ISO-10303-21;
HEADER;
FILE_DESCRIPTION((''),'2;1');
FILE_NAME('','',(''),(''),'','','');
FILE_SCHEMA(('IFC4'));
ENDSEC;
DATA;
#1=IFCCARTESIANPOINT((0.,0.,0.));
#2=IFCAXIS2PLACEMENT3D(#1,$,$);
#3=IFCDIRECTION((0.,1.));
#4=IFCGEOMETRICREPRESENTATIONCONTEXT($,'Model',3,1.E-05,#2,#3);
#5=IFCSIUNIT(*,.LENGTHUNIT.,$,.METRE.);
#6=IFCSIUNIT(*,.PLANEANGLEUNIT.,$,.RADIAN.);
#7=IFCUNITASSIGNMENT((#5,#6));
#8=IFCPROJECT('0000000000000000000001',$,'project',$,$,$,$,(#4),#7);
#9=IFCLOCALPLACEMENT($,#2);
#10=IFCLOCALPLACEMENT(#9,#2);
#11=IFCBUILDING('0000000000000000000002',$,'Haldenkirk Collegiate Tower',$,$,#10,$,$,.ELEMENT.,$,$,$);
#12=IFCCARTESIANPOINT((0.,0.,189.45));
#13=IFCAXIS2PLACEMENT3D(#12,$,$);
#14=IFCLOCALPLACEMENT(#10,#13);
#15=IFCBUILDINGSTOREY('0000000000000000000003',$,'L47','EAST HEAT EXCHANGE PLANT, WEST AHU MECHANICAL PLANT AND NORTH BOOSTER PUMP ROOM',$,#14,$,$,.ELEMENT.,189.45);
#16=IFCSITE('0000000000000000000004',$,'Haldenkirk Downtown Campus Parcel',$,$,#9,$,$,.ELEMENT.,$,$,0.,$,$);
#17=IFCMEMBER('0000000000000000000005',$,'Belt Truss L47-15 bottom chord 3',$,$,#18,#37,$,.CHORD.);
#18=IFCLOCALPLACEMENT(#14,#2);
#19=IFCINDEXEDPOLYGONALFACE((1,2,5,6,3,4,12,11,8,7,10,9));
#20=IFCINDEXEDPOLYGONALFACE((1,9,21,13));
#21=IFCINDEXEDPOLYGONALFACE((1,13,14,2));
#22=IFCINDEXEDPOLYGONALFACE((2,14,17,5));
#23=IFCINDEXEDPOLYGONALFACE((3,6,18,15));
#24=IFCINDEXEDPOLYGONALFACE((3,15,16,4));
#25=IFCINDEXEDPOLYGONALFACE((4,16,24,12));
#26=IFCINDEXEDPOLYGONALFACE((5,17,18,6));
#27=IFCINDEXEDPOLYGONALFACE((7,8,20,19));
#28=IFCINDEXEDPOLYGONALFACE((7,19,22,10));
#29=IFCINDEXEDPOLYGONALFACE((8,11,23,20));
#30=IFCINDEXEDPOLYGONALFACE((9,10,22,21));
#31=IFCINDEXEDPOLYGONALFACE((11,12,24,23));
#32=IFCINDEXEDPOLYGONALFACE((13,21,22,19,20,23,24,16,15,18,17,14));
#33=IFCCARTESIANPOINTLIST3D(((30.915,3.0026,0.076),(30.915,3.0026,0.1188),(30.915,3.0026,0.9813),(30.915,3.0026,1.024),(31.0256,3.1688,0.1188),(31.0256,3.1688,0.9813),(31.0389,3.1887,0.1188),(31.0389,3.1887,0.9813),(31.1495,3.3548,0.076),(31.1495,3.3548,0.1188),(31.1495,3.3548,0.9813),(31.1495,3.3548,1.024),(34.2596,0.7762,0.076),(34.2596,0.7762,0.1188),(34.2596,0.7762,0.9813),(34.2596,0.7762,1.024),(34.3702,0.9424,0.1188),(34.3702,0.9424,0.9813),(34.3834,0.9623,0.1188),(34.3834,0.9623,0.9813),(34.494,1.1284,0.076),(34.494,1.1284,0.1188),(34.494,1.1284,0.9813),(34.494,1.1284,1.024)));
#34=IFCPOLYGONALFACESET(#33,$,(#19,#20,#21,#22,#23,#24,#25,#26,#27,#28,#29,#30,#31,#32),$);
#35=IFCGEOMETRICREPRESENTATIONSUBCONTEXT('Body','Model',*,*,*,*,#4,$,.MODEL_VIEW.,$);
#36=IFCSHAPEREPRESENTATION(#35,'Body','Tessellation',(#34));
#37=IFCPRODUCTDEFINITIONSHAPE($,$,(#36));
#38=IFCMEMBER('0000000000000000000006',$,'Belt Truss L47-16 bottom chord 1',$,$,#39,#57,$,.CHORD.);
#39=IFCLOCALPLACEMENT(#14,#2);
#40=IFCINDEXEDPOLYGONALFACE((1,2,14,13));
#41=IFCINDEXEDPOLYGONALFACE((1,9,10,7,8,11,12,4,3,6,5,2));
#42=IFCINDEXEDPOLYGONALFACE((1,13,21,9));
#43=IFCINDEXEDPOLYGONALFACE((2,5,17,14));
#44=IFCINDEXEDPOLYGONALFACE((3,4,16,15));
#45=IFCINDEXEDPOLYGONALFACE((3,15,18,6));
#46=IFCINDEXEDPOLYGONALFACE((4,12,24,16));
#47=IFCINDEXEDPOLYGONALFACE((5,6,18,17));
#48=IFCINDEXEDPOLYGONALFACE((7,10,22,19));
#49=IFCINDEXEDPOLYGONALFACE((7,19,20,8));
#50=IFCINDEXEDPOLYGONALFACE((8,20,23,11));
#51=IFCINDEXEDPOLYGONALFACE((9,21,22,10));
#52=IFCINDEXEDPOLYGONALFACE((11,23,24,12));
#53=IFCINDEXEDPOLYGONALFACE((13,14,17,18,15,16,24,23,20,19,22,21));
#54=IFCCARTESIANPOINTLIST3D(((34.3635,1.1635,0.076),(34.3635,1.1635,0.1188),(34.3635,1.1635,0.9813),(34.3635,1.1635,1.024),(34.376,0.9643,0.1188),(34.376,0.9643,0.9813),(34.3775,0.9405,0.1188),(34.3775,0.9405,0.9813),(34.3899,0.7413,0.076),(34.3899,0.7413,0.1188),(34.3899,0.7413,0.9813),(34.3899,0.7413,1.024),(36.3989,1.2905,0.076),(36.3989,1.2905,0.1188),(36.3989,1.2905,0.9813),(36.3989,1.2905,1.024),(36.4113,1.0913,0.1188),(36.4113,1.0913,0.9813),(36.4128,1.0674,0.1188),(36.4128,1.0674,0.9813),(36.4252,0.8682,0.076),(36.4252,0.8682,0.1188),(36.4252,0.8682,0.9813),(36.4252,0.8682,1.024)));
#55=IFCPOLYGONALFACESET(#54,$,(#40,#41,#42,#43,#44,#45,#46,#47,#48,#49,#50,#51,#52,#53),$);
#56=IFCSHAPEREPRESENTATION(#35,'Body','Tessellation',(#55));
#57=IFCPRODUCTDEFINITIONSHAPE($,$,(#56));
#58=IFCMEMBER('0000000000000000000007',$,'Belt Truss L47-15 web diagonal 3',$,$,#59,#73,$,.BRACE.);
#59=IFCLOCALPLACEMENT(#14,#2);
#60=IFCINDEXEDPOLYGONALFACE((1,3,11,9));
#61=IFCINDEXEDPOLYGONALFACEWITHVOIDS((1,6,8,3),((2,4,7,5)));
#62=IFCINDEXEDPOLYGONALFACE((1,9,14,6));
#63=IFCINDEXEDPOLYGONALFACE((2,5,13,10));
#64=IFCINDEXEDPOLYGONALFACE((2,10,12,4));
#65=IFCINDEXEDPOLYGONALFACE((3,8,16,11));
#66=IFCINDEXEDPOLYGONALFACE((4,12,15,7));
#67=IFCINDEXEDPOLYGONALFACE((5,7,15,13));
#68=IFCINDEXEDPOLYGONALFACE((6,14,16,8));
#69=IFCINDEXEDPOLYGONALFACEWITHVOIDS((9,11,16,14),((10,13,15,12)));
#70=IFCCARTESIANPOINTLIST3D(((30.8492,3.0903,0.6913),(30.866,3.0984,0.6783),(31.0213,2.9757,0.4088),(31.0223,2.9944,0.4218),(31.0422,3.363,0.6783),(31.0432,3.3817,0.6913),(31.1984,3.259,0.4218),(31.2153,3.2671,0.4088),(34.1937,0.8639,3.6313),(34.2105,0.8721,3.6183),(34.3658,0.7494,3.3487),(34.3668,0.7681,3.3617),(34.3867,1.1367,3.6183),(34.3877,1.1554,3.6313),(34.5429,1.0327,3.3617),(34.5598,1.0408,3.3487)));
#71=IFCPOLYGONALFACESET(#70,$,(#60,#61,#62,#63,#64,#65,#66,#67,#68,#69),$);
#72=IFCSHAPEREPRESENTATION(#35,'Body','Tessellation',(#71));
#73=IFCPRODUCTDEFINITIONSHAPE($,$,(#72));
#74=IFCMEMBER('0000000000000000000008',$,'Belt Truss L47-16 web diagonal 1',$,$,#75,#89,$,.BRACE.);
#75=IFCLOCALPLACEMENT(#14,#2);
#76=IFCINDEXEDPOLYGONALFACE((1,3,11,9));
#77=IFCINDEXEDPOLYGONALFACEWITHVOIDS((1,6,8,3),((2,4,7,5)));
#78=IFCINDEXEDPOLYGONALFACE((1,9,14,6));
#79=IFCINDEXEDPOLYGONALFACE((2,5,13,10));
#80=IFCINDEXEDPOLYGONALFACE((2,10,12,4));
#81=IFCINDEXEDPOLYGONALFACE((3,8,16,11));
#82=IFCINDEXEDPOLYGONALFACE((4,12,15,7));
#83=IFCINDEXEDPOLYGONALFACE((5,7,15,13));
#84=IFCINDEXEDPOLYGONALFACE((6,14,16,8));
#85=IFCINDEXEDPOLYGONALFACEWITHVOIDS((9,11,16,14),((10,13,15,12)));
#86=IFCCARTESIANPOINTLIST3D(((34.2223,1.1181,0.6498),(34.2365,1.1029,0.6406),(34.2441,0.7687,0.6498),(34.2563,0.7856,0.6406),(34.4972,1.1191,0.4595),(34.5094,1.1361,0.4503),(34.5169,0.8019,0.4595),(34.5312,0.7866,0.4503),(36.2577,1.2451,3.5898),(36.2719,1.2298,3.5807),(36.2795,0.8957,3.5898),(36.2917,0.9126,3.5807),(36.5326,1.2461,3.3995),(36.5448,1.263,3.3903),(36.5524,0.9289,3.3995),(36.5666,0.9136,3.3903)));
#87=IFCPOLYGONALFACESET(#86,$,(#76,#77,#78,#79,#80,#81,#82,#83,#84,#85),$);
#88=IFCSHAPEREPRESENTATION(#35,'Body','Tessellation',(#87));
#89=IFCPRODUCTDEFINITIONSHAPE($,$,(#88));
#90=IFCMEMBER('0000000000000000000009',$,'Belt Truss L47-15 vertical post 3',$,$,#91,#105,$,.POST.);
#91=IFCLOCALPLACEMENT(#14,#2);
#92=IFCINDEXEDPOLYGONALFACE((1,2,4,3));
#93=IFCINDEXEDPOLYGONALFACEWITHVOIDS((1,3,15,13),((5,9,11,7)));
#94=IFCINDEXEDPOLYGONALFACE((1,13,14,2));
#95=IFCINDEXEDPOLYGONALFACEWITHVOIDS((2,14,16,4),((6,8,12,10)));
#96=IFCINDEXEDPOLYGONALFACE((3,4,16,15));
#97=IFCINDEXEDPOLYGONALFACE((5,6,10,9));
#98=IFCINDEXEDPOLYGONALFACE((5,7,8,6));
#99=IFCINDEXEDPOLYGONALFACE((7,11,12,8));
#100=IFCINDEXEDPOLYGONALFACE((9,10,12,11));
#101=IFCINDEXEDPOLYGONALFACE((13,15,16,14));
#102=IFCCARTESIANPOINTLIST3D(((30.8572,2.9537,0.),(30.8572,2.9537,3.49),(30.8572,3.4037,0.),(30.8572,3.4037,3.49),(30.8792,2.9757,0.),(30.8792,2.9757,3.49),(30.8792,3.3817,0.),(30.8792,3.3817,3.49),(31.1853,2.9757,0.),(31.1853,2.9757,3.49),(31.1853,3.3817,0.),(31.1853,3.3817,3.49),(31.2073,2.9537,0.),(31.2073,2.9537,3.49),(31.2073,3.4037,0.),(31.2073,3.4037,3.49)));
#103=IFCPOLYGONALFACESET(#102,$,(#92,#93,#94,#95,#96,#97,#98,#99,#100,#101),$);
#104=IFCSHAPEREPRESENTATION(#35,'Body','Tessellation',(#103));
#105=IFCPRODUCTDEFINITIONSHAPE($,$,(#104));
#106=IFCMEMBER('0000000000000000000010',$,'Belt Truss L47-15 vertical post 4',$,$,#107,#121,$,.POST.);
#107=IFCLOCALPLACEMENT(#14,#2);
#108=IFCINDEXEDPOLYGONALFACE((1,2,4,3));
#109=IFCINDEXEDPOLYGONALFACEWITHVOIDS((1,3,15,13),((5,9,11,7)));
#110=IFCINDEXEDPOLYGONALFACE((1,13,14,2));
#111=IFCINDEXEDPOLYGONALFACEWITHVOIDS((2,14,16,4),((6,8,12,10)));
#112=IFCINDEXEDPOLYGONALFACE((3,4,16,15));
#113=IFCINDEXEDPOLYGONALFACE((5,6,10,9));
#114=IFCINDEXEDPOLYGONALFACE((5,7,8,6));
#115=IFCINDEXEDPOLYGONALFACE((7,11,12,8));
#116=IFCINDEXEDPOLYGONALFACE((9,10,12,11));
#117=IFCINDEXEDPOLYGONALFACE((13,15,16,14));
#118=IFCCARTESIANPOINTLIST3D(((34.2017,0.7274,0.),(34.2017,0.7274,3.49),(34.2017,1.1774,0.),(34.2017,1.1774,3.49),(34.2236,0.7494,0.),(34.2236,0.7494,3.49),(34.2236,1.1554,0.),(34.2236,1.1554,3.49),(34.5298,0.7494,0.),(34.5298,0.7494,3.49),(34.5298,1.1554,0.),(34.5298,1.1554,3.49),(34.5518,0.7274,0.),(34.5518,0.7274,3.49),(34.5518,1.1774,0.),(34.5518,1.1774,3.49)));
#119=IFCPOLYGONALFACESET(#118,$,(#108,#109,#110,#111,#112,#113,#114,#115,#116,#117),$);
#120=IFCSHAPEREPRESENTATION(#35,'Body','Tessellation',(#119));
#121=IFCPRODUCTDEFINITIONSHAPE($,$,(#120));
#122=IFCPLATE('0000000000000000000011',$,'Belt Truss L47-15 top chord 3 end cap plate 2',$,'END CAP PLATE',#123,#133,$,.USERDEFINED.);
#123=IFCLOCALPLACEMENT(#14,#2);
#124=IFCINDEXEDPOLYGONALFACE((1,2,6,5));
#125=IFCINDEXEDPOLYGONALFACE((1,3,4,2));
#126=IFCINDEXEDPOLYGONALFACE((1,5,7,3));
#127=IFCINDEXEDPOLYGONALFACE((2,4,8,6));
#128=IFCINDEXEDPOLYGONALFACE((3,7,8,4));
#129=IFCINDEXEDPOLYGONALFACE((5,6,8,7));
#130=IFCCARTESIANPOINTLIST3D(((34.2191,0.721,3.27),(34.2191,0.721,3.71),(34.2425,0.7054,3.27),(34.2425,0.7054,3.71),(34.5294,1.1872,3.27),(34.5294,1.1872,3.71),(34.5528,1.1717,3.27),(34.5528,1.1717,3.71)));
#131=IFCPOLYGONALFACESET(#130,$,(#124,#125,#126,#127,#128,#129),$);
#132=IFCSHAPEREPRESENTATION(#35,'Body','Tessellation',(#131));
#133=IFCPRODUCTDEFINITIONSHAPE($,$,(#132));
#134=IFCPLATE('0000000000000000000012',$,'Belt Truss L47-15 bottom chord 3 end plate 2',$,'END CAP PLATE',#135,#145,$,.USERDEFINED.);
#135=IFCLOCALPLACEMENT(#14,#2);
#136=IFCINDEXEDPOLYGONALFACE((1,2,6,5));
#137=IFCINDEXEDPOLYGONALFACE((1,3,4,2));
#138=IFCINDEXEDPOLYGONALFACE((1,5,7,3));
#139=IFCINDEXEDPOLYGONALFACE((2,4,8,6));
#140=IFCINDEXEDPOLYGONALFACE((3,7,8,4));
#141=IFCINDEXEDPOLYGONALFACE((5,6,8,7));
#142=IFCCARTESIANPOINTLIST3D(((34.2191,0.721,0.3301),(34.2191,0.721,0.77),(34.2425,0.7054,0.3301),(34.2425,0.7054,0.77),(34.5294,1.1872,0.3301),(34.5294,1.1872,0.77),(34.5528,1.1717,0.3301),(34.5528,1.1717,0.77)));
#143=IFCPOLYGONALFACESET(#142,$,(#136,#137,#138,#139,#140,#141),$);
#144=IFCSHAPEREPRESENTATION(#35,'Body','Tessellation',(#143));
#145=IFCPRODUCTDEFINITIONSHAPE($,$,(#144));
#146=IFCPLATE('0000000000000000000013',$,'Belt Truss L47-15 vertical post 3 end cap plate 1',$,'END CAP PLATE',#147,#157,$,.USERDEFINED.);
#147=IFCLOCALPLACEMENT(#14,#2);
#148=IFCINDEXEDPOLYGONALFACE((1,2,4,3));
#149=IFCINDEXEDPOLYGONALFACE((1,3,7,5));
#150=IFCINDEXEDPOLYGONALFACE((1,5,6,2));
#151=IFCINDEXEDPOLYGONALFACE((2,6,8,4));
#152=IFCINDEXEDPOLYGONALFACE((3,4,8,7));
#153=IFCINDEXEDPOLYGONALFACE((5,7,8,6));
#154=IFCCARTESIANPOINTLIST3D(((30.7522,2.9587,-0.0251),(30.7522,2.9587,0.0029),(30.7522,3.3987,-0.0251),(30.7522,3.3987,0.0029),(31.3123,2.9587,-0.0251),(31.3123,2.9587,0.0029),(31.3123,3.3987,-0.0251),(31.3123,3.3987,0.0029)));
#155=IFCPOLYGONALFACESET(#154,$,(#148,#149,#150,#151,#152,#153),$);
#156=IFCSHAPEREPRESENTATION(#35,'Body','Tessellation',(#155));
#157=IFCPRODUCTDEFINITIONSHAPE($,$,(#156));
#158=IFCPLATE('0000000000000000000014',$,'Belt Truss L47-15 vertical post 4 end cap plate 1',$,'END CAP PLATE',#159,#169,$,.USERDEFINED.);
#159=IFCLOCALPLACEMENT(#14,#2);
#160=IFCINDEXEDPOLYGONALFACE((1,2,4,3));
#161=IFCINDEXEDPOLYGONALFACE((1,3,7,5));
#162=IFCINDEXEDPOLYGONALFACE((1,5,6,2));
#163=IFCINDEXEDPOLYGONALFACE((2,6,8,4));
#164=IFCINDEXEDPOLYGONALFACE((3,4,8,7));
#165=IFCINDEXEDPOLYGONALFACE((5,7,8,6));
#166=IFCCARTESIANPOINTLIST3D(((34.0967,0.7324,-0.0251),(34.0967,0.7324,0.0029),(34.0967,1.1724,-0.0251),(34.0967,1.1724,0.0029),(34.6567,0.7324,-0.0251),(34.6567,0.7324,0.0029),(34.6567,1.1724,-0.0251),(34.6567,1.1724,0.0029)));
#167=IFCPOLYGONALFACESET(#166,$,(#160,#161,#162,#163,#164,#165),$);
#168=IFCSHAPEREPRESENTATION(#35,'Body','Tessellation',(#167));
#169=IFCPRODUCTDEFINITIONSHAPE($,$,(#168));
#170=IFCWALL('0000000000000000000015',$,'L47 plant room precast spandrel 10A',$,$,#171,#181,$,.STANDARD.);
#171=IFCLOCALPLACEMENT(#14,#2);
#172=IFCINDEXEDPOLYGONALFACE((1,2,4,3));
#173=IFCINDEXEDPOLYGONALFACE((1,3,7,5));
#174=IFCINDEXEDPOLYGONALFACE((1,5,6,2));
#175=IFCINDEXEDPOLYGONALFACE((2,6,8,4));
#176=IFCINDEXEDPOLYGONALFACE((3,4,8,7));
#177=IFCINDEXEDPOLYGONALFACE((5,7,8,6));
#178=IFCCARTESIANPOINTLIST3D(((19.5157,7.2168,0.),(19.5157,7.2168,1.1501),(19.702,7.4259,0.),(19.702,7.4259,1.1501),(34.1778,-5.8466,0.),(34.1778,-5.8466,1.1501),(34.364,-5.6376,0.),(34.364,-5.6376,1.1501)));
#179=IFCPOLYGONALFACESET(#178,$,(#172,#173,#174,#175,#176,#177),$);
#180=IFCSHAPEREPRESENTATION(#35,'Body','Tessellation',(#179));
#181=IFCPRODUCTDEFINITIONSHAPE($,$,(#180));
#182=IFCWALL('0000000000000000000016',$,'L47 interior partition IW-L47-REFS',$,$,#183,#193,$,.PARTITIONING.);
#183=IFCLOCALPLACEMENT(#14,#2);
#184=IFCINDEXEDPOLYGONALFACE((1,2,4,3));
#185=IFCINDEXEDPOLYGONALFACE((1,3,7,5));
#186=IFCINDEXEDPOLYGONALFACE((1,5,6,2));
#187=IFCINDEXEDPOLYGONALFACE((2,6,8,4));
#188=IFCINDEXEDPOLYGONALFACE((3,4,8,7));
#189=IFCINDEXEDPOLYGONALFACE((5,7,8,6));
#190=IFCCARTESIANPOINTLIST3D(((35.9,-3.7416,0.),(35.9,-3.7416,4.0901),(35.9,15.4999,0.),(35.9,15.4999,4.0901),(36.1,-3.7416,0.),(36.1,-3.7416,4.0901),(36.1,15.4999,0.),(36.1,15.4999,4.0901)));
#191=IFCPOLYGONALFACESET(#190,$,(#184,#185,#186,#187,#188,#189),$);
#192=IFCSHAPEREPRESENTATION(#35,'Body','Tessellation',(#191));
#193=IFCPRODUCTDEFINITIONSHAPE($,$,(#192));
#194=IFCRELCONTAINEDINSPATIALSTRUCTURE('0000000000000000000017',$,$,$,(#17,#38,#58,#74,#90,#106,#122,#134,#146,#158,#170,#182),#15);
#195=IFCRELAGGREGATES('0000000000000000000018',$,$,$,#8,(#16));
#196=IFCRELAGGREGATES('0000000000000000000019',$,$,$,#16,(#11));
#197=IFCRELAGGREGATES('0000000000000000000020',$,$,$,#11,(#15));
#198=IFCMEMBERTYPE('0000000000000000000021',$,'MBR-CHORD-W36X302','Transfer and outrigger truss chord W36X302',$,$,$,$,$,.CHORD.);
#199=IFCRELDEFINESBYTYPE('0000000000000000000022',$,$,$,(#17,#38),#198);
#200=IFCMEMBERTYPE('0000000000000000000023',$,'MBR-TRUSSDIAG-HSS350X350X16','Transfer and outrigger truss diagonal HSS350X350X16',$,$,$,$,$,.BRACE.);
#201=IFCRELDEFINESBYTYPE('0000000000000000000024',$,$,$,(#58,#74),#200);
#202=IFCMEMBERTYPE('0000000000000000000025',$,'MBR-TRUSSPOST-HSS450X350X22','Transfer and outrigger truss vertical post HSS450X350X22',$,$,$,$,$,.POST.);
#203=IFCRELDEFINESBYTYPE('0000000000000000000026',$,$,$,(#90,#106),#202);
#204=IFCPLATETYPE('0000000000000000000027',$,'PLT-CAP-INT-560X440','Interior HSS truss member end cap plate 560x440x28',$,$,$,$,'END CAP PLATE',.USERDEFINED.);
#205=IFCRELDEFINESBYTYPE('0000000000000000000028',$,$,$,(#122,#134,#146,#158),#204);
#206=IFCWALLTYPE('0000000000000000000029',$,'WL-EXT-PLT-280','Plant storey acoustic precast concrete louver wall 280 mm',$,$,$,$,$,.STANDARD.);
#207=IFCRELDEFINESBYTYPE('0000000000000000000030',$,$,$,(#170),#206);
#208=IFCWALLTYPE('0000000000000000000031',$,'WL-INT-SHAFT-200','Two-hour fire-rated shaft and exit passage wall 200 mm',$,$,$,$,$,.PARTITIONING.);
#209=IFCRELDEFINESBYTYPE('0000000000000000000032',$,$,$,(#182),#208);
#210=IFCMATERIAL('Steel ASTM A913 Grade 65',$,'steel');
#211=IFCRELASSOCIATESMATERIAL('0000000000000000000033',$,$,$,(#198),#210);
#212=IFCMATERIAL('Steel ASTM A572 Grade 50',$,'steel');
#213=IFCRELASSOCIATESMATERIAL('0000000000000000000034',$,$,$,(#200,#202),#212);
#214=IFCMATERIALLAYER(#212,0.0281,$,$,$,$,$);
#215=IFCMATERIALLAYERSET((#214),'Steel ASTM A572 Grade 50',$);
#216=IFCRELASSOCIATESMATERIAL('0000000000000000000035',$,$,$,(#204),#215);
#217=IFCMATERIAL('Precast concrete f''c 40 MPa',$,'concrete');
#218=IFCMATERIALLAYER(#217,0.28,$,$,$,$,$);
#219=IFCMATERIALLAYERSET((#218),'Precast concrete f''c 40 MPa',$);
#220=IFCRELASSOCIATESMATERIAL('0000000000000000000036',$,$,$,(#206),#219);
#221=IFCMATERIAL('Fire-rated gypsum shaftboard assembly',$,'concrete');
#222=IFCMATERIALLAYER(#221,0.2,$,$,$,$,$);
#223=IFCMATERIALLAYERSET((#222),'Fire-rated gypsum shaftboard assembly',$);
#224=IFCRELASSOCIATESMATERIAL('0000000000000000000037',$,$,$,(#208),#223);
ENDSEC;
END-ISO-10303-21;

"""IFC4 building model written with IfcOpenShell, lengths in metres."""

from ifc_helpers import new_model, si_unit, direction, frame, frame_2d, origin, origin_2d, place, context, subcontext, project, spatial, rectangle, hollow_rectangle, i_section, extrude, source, transform, mapped, material, layer, layer_set, material_profile, profile_set, type_object, element, save


model = new_model("IFC4")

# Units and contexts
model_context = context("Model", 3, precision=1e-05, world=origin(), true_north=direction((0.0, 1.0)))
body_context = subcontext(model_context, "Body", "Model", "MODEL_VIEW")
ifc_project = project(units=[si_unit("LENGTHUNIT", "METRE"), si_unit("PLANEANGLEUNIT", "RADIAN")], contexts=[model_context])

# Site, building, storey
site_placement = place(None, origin())
site = spatial("IfcSite", under=ifc_project, at=site_placement, Name="Haldenkirk Downtown Campus Parcel", CompositionType="ELEMENT", RefElevation=0.0)
building_placement = place(site_placement, origin())
building = spatial("IfcBuilding", under=site, at=building_placement, Name="Haldenkirk Collegiate Tower", CompositionType="ELEMENT")
storey_placement = place(building_placement, frame((0.0, 0.0, 189.45)))
storey = spatial("IfcBuildingStorey", under=building, at=storey_placement, Name="L47", Description="EAST HEAT EXCHANGE PLANT, WEST AHU MECHANICAL PLANT AND NORTH BOOSTER PUMP ROOM", CompositionType="ELEMENT", Elevation=189.45)

# Shared definitions
ifc_material_1 = material(Name="Steel ASTM A913 Grade 65", Category="steel")
ifc_material_2 = material(Name="Steel ASTM A572 Grade 50", Category="steel")

# Members
ifc_material_profile_1 = material_profile(ifc_material_1, i_section(OverallWidth=0.4231, OverallDepth=0.948, WebThickness=0.0239, FlangeThickness=0.0427, at=origin_2d()), Name="W36X302")
ifc_profile_set_1 = profile_set([ifc_material_profile_1], Name="Steel ASTM A913 Grade 65")
member_type_1 = type_object("IfcMemberType", Name="MBR-CHORD-W36X302", Description="Transfer and outrigger truss chord W36X302", PredefinedType="CHORD", material=ifc_profile_set_1)
member_1_placement = place(storey_placement, frame((31.0322, 3.1787, 0.55), z_axis=(0.832433, -0.554125, 0.0), x_axis=(0.554125, 0.832433, 0.0)))
element("IfcMember", 1, at=member_1_placement, inside=storey, type_object=member_type_1, Name="Belt Truss L47-15 bottom chord 3", PredefinedType="CHORD", context=body_context, shape_type="SweptSolid", body=[
    extrude(i_section(OverallWidth=0.4231, OverallDepth=0.948, WebThickness=0.0239, FlangeThickness=0.0427, at=origin_2d()), origin(), (0.0, 0.0, 1.0), 4.0178),
])
member_2_placement = place(storey_placement, frame((34.3767, 0.9524, 0.55), z_axis=(0.99806, 0.062252, 0.0), x_axis=(-0.062252, 0.99806, 0.0)))
element("IfcMember", 2, at=member_2_placement, inside=storey, type_object=member_type_1, Name="Belt Truss L47-16 bottom chord 1", PredefinedType="CHORD", context=body_context, shape_type="SweptSolid", body=[
    extrude(i_section(OverallWidth=0.4231, OverallDepth=0.948, WebThickness=0.0239, FlangeThickness=0.0427, at=origin_2d()), origin(), (0.0, 0.0, 1.0), 2.0393),
])
ifc_material_profile_2 = material_profile(ifc_material_2, hollow_rectangle(XDim=0.3501, YDim=0.3501, WallThickness=0.0161, at=origin_2d()), Name="HSS350X350X16")
ifc_profile_set_2 = profile_set([ifc_material_profile_2], Name="Steel ASTM A572 Grade 50")
member_type_2 = type_object("IfcMemberType", Name="MBR-TRUSSDIAG-HSS350X350X16", Description="Transfer and outrigger truss diagonal HSS350X350X16", PredefinedType="BRACE", material=ifc_profile_set_2)
member_3_placement = place(storey_placement, frame((31.0322, 3.1787, 0.55), z_axis=(0.671787, -0.447188, 0.590529), x_axis=(0.554125, 0.832433, 0.0)))
element("IfcMember", 3, at=member_3_placement, inside=storey, type_object=member_type_2, Name="Belt Truss L47-15 web diagonal 3", PredefinedType="BRACE", context=body_context, shape_type="SweptSolid", body=[
    extrude(hollow_rectangle(XDim=0.3501, YDim=0.3501, WallThickness=0.0161, at=origin_2d()), origin(), (0.0, 0.0, 1.0), 4.9785),
])
member_4_placement = place(storey_placement, frame((34.3767, 0.9524, 0.55), z_axis=(0.568862, 0.035481, 0.821667), x_axis=(-0.062252, 0.99806, 0.0)))
element("IfcMember", 4, at=member_4_placement, inside=storey, type_object=member_type_2, Name="Belt Truss L47-16 web diagonal 1", PredefinedType="BRACE", context=body_context, shape_type="SweptSolid", body=[
    extrude(hollow_rectangle(XDim=0.3501, YDim=0.3501, WallThickness=0.0161, at=origin_2d()), origin(), (0.0, 0.0, 1.0), 3.5781),
])
ifc_material_profile_3 = material_profile(ifc_material_2, hollow_rectangle(XDim=0.3501, YDim=0.45, WallThickness=0.022, at=origin_2d()), Name="HSS450X350X22")
ifc_profile_set_3 = profile_set([ifc_material_profile_3], Name="Steel ASTM A572 Grade 50")
member_type_3 = type_object("IfcMemberType", Name="MBR-TRUSSPOST-HSS450X350X22", Description="Transfer and outrigger truss vertical post HSS450X350X22", PredefinedType="POST", material=ifc_profile_set_3)
for number, where, z_axis, x_axis, name in (
    (5, (31.0322, 3.1787, 0.0), (0.0, 0.0, 1.0), (1.0, 0.0, 0.0), "Belt Truss L47-15 vertical post 3"),
    (6, (34.3767, 0.9524, 0.0), (0.0, 0.0, 1.0), (1.0, 0.0, 0.0), "Belt Truss L47-15 vertical post 4"),
):
    element("IfcMember", number, at=place(storey_placement, frame(where, z_axis=z_axis, x_axis=x_axis)), inside=storey, type_object=member_type_3, Name=name, PredefinedType="POST", context=body_context, shape_type="SweptSolid", body=[
        extrude(hollow_rectangle(XDim=0.3501, YDim=0.45, WallThickness=0.022, at=origin_2d()), origin(), (0.0, 0.0, 1.0), 3.49),
    ])

# Plates
ifc_layer_1 = layer(ifc_material_2, 0.0281)
ifc_layer_set_1 = layer_set([ifc_layer_1], Name="Steel ASTM A572 Grade 50")
plate_type = type_object("IfcPlateType", Name="PLT-CAP-INT-560X440", Description="Interior HSS truss member end cap plate 560x440x28", ElementType="END CAP PLATE", PredefinedType="USERDEFINED", material=ifc_layer_set_1)
shared_shape_1 = source(origin(), body_context, "Body", "SweptSolid", [
    extrude(rectangle(XDim=0.5601, YDim=0.4399, at=origin_2d()), origin(), (0.0, 0.0, 1.0), 0.0281),
])
for number, where, z_axis, x_axis, name in (
    (7, (34.3743, 0.9541, 3.49), (0.832437, -0.55412, 0.0), (0.55412, 0.832437, 0.0), "Belt Truss L47-15 top chord 3 end cap plate 2"),
    (8, (34.3743, 0.9541, 0.55), (0.832438, -0.554118, 0.0), (0.554118, 0.832438, 0.0), "Belt Truss L47-15 bottom chord 3 end plate 2"),
    (9, (31.0322, 3.1787, 0.0029), (0.0, 0.0, -1.0), (1.0, 0.0, 0.0), "Belt Truss L47-15 vertical post 3 end cap plate 1"),
    (10, (34.3767, 0.9524, 0.0029), (0.0, 0.0, -1.0), (1.0, 0.0, 0.0), "Belt Truss L47-15 vertical post 4 end cap plate 1"),
):
    element("IfcPlate", number, at=place(storey_placement, frame(where, z_axis=z_axis, x_axis=x_axis)), inside=storey, type_object=plate_type, Name=name, ObjectType="END CAP PLATE", PredefinedType="USERDEFINED", context=body_context, shape_type="MappedRepresentation", body=[
        mapped(shared_shape_1, transform((0.0, 0.0, 0.0), x_axis=(1.0, 0.0, 0.0), y_axis=(0.0, 1.0, 0.0), z_axis=(0.0, 0.0, 1.0), scale=1.0)),
    ])

# Walls
ifc_material_3 = material(Name="Precast concrete f'c 40 MPa", Category="concrete")
ifc_layer_2 = layer(ifc_material_3, 0.28)
ifc_layer_set_2 = layer_set([ifc_layer_2], Name="Precast concrete f'c 40 MPa")
wall_type_1 = type_object("IfcWallType", Name="WL-EXT-PLT-280", Description="Plant storey acoustic precast concrete louver wall 280 mm", PredefinedType="STANDARD", material=ifc_layer_set_2)
wall_1_placement = place(storey_placement, frame((34.271, -5.7422, 0.0), z_axis=(0.0, 0.0, 1.0), x_axis=(-0.746638, 0.665231, 0.0)))
element("IfcWall", 11, at=wall_1_placement, inside=storey, type_object=wall_type_1, Name="L47 plant room precast spandrel 10A", PredefinedType="STANDARD", context=body_context, shape_type="SweptSolid", body=[
    extrude(rectangle(XDim=19.6375, YDim=0.28, at=frame_2d((9.8188, 0.0))), origin(), (0.0, 0.0, 1.0), 1.1501),
])
ifc_material_4 = material(Name="Fire-rated gypsum shaftboard assembly", Category="concrete")
ifc_layer_3 = layer(ifc_material_4, 0.2)
ifc_layer_set_3 = layer_set([ifc_layer_3], Name="Fire-rated gypsum shaftboard assembly")
wall_type_2 = type_object("IfcWallType", Name="WL-INT-SHAFT-200", Description="Two-hour fire-rated shaft and exit passage wall 200 mm", PredefinedType="PARTITIONING", material=ifc_layer_set_3)
wall_2_placement = place(storey_placement, frame((36.0, -3.7415, 0.0), z_axis=(0.0, 0.0, 1.0), x_axis=(0.0, 1.0, 0.0)))
element("IfcWall", 12, at=wall_2_placement, inside=storey, type_object=wall_type_2, Name="L47 interior partition IW-L47-REFS", PredefinedType="PARTITIONING", context=body_context, shape_type="SweptSolid", body=[
    extrude(rectangle(XDim=19.2415, YDim=0.2, at=frame_2d((9.6206, 0.0))), origin(), (0.0, 0.0, 1.0), 4.0901),
])

save(model, "model.ifc")
